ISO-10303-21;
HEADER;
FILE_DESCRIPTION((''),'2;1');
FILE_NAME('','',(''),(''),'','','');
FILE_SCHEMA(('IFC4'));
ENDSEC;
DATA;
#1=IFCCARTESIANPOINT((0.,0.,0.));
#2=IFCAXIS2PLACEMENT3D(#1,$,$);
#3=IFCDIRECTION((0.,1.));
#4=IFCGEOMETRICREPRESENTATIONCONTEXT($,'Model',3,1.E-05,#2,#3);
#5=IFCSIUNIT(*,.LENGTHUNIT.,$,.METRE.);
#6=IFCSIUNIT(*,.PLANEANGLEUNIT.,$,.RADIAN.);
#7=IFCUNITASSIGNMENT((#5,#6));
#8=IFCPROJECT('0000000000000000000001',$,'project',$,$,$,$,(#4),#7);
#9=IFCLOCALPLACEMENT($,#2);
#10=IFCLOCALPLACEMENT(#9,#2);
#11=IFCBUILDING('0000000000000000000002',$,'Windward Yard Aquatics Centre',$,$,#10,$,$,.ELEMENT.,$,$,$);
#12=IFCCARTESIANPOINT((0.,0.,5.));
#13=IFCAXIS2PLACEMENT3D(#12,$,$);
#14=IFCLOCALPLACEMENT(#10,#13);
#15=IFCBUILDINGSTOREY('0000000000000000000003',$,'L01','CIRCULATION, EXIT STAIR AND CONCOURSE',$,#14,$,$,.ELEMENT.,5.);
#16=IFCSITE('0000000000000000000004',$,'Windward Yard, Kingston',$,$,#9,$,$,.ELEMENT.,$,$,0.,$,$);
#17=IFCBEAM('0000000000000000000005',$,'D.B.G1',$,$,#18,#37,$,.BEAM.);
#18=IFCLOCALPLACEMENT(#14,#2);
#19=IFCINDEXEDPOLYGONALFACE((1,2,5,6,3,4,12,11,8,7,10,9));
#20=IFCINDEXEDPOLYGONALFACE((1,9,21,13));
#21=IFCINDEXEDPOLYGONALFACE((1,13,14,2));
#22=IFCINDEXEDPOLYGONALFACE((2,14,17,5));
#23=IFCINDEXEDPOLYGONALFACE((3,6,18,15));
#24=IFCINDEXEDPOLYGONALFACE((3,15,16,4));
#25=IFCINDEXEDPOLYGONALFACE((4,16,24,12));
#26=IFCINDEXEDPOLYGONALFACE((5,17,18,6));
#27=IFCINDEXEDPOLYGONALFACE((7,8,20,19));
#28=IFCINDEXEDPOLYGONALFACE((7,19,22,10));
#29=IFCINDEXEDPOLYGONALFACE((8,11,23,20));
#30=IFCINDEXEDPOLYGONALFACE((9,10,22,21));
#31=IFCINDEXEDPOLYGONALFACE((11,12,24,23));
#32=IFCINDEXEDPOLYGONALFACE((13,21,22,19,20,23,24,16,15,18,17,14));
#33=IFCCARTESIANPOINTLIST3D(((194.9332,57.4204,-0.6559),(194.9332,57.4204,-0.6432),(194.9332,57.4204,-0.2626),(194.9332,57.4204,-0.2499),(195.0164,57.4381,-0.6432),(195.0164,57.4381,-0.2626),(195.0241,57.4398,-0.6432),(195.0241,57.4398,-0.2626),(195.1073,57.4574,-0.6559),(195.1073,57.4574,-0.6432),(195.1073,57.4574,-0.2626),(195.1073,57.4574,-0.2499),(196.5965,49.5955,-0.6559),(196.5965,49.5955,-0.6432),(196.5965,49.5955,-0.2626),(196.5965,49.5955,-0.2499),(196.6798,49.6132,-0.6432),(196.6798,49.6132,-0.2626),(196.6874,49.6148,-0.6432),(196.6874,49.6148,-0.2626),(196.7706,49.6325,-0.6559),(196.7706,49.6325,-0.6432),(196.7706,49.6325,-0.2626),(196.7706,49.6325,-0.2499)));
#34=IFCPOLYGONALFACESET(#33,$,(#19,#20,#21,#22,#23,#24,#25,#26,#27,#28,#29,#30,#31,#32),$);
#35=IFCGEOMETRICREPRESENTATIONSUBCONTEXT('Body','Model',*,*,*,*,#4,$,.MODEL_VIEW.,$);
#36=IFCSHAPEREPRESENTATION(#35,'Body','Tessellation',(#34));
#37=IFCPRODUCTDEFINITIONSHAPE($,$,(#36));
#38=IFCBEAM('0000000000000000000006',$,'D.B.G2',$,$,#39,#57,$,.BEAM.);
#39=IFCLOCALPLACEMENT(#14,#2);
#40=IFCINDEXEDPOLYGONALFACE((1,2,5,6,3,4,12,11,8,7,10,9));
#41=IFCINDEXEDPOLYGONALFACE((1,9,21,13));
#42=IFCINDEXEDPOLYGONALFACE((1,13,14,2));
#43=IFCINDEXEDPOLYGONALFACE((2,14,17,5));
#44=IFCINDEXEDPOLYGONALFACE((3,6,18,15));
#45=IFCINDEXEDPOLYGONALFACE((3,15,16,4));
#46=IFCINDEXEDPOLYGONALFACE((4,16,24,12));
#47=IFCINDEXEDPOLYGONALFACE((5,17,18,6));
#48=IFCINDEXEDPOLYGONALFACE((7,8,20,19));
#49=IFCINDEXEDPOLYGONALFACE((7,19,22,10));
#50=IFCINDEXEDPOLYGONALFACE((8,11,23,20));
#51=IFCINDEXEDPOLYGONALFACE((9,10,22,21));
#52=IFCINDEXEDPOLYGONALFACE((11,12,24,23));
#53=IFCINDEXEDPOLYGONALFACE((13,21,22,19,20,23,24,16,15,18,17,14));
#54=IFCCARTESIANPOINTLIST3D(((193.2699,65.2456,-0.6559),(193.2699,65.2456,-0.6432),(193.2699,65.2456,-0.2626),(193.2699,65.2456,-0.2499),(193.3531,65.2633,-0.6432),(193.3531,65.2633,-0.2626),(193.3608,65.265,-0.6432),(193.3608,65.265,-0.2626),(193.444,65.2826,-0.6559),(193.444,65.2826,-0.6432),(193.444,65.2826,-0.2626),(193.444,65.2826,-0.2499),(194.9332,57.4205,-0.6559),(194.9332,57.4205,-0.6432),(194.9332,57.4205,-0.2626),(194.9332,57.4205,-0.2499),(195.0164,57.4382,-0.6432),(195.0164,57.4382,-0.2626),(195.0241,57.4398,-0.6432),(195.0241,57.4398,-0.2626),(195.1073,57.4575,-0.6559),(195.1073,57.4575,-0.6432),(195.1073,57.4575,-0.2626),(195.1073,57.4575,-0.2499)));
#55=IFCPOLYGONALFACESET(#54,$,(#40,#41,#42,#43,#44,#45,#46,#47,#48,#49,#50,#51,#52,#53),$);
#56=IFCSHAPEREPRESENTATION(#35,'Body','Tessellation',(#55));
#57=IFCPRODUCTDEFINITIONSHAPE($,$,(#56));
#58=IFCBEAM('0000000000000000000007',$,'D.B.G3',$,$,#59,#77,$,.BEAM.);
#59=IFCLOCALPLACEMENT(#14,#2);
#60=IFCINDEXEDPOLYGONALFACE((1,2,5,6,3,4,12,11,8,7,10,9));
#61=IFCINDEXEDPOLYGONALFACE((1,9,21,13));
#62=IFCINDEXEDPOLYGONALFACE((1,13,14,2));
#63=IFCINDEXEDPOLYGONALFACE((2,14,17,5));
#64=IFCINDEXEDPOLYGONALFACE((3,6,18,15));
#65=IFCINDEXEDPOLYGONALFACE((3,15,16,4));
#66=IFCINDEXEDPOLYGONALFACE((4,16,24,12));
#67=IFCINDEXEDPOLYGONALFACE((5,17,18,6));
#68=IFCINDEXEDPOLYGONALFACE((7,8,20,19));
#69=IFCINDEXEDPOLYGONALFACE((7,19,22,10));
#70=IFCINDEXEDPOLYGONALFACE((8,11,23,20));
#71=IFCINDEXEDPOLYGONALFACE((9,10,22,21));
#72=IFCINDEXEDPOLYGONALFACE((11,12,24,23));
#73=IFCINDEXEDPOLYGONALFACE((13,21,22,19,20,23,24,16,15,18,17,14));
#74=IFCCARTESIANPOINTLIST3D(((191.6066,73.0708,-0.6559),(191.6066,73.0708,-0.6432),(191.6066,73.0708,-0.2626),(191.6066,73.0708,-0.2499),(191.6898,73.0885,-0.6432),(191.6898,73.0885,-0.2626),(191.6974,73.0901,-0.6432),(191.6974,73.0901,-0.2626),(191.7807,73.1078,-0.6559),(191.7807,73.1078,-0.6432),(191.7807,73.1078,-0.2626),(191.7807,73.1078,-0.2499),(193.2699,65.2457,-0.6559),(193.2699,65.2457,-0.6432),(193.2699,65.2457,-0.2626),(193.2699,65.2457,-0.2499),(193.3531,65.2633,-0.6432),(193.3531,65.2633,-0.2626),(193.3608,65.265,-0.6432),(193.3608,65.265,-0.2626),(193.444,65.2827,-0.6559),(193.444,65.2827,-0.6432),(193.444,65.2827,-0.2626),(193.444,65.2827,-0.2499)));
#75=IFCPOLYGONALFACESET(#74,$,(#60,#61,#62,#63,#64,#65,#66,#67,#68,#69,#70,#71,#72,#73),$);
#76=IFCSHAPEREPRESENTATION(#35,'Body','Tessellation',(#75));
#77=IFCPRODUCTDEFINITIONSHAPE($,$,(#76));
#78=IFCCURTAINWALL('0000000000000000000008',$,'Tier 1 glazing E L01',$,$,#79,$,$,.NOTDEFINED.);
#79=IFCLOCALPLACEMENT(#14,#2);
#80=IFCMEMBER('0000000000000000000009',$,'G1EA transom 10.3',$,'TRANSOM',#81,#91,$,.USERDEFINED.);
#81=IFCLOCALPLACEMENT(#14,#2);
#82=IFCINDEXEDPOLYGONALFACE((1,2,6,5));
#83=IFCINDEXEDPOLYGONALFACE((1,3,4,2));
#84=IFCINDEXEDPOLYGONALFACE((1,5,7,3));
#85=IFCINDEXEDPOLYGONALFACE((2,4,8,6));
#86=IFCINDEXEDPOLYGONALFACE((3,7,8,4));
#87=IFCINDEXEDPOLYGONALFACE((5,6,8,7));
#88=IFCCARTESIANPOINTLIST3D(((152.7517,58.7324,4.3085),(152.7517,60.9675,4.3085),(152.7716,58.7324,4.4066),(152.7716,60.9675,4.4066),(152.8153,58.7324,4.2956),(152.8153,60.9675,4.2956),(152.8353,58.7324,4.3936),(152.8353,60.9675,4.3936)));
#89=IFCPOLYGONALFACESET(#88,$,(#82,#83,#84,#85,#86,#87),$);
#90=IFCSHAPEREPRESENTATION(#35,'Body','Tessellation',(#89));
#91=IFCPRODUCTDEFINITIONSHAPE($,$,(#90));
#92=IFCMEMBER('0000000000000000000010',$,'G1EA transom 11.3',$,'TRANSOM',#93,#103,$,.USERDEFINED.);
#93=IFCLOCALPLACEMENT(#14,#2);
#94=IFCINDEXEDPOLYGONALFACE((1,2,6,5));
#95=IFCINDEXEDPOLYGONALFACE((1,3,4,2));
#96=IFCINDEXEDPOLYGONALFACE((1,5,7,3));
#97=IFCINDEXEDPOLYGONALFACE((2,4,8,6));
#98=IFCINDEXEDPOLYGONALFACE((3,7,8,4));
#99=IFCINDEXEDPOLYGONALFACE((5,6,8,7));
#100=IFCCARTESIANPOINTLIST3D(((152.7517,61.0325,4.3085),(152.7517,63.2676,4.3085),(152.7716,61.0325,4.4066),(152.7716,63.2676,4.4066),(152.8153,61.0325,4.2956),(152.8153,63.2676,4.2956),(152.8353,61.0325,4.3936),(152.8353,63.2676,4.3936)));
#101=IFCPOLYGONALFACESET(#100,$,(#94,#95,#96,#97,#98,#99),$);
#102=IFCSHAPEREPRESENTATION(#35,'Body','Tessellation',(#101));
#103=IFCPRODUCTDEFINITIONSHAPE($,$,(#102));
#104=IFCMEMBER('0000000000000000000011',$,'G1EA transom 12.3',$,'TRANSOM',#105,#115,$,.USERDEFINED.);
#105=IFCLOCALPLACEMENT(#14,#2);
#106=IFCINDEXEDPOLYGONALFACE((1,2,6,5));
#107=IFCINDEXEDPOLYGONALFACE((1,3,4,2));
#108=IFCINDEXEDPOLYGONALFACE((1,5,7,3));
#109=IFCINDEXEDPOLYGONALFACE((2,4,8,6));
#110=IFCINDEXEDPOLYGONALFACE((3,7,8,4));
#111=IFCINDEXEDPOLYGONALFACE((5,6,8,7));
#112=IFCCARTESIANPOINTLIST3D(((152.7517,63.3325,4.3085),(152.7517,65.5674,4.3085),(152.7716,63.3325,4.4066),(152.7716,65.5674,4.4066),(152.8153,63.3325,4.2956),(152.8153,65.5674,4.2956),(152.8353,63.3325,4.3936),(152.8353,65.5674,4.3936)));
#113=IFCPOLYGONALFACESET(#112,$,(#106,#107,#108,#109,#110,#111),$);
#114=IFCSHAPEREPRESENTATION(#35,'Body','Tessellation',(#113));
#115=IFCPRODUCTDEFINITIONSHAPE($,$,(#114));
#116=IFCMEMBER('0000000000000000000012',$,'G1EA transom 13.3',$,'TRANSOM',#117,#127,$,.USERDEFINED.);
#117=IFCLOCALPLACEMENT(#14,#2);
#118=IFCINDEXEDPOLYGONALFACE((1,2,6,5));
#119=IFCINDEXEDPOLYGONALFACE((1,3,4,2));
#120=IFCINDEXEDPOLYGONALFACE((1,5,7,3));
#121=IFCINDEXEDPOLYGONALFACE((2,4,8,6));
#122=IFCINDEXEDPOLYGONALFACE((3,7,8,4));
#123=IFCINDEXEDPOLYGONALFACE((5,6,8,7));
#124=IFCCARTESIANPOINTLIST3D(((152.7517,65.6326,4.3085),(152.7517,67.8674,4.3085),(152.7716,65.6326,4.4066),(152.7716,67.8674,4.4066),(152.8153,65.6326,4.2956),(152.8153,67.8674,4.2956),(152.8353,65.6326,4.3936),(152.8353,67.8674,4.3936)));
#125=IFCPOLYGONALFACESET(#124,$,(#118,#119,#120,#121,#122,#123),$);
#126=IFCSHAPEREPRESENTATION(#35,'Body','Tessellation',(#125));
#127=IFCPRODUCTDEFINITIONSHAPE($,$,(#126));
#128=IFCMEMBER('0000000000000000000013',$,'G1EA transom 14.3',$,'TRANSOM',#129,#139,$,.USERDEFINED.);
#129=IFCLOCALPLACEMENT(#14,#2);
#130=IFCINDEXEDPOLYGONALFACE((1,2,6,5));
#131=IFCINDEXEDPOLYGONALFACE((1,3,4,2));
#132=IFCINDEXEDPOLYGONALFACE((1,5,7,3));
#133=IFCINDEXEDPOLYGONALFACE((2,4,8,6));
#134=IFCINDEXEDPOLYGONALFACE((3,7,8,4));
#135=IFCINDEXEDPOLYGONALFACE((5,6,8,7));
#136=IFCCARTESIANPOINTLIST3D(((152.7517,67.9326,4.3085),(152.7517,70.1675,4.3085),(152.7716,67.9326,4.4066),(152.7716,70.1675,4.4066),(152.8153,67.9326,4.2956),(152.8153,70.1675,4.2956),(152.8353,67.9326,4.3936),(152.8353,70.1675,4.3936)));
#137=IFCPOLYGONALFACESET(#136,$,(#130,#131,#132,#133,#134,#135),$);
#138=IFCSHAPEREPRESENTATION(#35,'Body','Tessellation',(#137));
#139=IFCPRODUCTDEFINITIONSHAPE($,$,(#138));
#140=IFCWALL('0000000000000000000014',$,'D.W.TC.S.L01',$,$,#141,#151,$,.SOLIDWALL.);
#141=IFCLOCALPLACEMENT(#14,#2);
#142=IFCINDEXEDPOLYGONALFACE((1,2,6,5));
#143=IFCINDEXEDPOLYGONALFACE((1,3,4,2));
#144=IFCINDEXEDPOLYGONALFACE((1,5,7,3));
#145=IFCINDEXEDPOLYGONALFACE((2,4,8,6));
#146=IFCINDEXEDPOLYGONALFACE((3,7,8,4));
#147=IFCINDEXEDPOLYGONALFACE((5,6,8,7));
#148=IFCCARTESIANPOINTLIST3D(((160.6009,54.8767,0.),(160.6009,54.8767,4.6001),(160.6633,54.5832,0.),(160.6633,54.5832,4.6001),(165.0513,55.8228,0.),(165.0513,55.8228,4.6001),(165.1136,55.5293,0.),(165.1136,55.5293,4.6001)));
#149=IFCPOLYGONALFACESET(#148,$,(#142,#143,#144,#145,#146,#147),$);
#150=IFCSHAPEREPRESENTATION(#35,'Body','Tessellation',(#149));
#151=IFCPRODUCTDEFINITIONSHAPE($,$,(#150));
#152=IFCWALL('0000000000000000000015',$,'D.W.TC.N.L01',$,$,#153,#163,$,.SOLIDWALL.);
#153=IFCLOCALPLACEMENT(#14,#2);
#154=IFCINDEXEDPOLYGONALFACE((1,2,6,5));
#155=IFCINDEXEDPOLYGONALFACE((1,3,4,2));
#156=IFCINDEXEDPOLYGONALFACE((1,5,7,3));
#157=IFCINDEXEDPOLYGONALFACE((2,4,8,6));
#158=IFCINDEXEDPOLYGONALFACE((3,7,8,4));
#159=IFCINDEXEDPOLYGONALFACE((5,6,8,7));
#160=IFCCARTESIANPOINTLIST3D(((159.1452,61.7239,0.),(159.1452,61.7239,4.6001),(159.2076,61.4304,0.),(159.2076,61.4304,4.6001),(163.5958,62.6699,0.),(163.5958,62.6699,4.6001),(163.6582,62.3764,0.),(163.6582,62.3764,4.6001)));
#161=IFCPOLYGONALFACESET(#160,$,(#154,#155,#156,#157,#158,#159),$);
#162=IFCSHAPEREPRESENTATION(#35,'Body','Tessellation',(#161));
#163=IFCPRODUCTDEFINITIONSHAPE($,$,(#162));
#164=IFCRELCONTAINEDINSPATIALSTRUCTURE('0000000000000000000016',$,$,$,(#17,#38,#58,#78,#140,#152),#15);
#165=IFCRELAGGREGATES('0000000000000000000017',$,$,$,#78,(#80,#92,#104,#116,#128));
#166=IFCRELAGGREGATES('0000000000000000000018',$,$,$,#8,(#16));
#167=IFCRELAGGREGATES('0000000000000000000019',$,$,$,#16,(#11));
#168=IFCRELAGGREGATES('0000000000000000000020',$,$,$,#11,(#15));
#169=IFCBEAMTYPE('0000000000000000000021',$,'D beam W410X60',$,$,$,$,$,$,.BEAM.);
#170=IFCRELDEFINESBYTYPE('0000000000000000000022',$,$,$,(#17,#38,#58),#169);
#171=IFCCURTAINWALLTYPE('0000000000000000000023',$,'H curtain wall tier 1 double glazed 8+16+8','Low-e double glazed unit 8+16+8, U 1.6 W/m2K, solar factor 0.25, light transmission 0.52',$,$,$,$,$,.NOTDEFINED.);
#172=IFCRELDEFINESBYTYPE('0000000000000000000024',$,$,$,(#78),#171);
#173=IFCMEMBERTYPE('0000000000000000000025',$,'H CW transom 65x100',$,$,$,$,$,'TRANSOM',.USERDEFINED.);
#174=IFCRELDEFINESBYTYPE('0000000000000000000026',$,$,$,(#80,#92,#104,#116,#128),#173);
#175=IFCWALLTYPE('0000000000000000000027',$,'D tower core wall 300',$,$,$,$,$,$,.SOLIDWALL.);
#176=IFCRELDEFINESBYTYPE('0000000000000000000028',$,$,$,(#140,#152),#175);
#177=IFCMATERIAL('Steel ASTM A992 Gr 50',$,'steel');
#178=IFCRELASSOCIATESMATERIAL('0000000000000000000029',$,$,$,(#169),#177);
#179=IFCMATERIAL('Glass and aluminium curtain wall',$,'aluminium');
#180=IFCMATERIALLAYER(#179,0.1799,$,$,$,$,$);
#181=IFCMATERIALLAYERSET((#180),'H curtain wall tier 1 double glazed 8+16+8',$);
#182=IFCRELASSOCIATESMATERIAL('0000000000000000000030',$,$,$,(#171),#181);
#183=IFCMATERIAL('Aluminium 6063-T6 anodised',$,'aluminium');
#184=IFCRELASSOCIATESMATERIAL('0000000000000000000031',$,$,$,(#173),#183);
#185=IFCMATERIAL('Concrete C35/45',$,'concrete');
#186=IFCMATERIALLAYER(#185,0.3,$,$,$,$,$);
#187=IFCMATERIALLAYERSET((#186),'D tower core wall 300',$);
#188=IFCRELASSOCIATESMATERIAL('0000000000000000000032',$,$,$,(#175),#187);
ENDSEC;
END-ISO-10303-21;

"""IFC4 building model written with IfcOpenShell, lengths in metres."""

from ifc_helpers import new_model, si_unit, direction, frame, frame_2d, origin, origin_2d, place, context, subcontext, project, spatial, rectangle, i_section, extrude, material, layer, layer_set, material_profile, profile_set, type_object, element, aggregate, save


model = new_model("IFC4")

# Units and contexts
model_context = context("Model", 3, precision=1e-05, world=origin(), true_north=direction((0.0, 1.0)))
body_context = subcontext(model_context, "Body", "Model", "MODEL_VIEW")
ifc_project = project(units=[si_unit("LENGTHUNIT", "METRE"), si_unit("PLANEANGLEUNIT", "RADIAN")], contexts=[model_context])

# Site, building, storey
site_placement = place(None, origin())
site = spatial("IfcSite", under=ifc_project, at=site_placement, Name="Windward Yard, Kingston", CompositionType="ELEMENT", RefElevation=0.0)
building_placement = place(site_placement, origin())
building = spatial("IfcBuilding", under=site, at=building_placement, Name="Windward Yard Aquatics Centre", CompositionType="ELEMENT")
storey_placement = place(building_placement, frame((0.0, 0.0, 5.0)))
storey = spatial("IfcBuildingStorey", under=building, at=storey_placement, Name="L01", Description="CIRCULATION, EXIT STAIR AND CONCOURSE", CompositionType="ELEMENT", Elevation=5.0)

# Beams
ifc_material_1 = material(Name="Steel ASTM A992 Gr 50", Category="steel")
ifc_material_profile_1 = material_profile(ifc_material_1, i_section(OverallWidth=0.178, OverallDepth=0.406, WebThickness=0.0078, FlangeThickness=0.0127, at=origin_2d()), Name="W410X60")
ifc_profile_set_1 = profile_set([ifc_material_profile_1], Name="Steel ASTM A992 Gr 50")
beam_type = type_object("IfcBeamType", Name="D beam W410X60", PredefinedType="BEAM", material=ifc_profile_set_1)
beam_placement = place(storey_placement, frame((196.6836, 49.614, -0.4529), z_axis=(-0.207922, 0.978145, 0.0), x_axis=(-0.978145, -0.207922, 0.0)))
element("IfcBeam", 1, at=beam_placement, inside=storey, type_object=beam_type, Name="D.B.G1", PredefinedType="BEAM", context=body_context, shape_type="SweptSolid", body=[
    extrude(i_section(OverallWidth=0.178, OverallDepth=0.406, WebThickness=0.0078, FlangeThickness=0.0127, at=origin_2d()), origin(), (0.0, 0.0, 1.0), 7.9998),
])
for number, where, z_axis, x_axis, name in (
    (2, (195.0203, 57.439, -0.4529), (-0.207916, 0.978147, 0.0), (-0.978147, -0.207916, 0.0), "D.B.G2"),
    (3, (193.3569, 65.2642, -0.4529), (-0.207916, 0.978147, 0.0), (-0.978147, -0.207916, 0.0), "D.B.G3"),
):
    element("IfcBeam", number, at=place(storey_placement, frame(where, z_axis=z_axis, x_axis=x_axis)), inside=storey, type_object=beam_type, Name=name, PredefinedType="BEAM", context=body_context, shape_type="SweptSolid", body=[
        extrude(i_section(OverallWidth=0.178, OverallDepth=0.406, WebThickness=0.0078, FlangeThickness=0.0127, at=origin_2d()), origin(), (0.0, 0.0, 1.0), 8.0),
    ])

# Curtain wall, members
ifc_material_2 = material(Name="Glass and aluminium curtain wall", Category="aluminium")
ifc_layer_1 = layer(ifc_material_2, 0.1799)
ifc_layer_set_1 = layer_set([ifc_layer_1], Name="H curtain wall tier 1 double glazed 8+16+8")
curtain_wall_type = type_object("IfcCurtainWallType", Name="H curtain wall tier 1 double glazed 8+16+8", Description="Low-e double glazed unit 8+16+8, U 1.6 W/m2K, solar factor 0.25, light transmission 0.52", PredefinedType="NOTDEFINED", material=ifc_layer_set_1)
curtain_wall_placement = place(storey_placement, origin())
curtain_wall = element("IfcCurtainWall", 4, at=curtain_wall_placement, inside=storey, type_object=curtain_wall_type, Name="Tier 1 glazing E L01", PredefinedType="NOTDEFINED")
ifc_material_3 = material(Name="Aluminium 6063-T6 anodised", Category="aluminium")
ifc_material_profile_2 = material_profile(ifc_material_3, rectangle(XDim=0.0649, YDim=0.1001, at=origin_2d()), Name="H CW transom 65x100")
ifc_profile_set_2 = profile_set([ifc_material_profile_2], Name="Aluminium 6063-T6 anodised")
member_type = type_object("IfcMemberType", Name="H CW transom 65x100", ElementType="TRANSOM", PredefinedType="USERDEFINED", material=ifc_profile_set_2)
member_1_placement = place(storey_placement, frame((152.7935, 58.7324, 4.3511), z_axis=(0.0, 1.0, 0.0), x_axis=(-0.979925, 0.0, 0.199368)))
member_1 = element("IfcMember", 5, at=member_1_placement, type_object=member_type, Name="G1EA transom 10.3", ObjectType="TRANSOM", PredefinedType="USERDEFINED", context=body_context, shape_type="SweptSolid", body=[
    extrude(rectangle(XDim=0.0649, YDim=0.1001, at=origin_2d()), origin(), (0.0, 0.0, 1.0), 2.2351),
])
member_2_placement = place(storey_placement, frame((152.7935, 61.0325, 4.3511), z_axis=(0.0, 1.0, 0.0), x_axis=(-0.979925, 0.0, 0.199368)))
member_2 = element("IfcMember", 6, at=member_2_placement, type_object=member_type, Name="G1EA transom 11.3", ObjectType="TRANSOM", PredefinedType="USERDEFINED", context=body_context, shape_type="SweptSolid", body=[
    extrude(rectangle(XDim=0.0649, YDim=0.1001, at=origin_2d()), origin(), (0.0, 0.0, 1.0), 2.2351),
])
member_3_placement = place(storey_placement, frame((152.7935, 63.3325, 4.3511), z_axis=(0.0, 1.0, 0.0), x_axis=(-0.979925, 0.0, 0.199368)))
member_3 = element("IfcMember", 7, at=member_3_placement, type_object=member_type, Name="G1EA transom 12.3", ObjectType="TRANSOM", PredefinedType="USERDEFINED", context=body_context, shape_type="SweptSolid", body=[
    extrude(rectangle(XDim=0.0649, YDim=0.1001, at=origin_2d()), origin(), (0.0, 0.0, 1.0), 2.2349),
])
member_4_placement = place(storey_placement, frame((152.7935, 65.6326, 4.3511), z_axis=(0.0, 1.0, 0.0), x_axis=(-0.979925, 0.0, 0.199368)))
member_4 = element("IfcMember", 8, at=member_4_placement, type_object=member_type, Name="G1EA transom 13.3", ObjectType="TRANSOM", PredefinedType="USERDEFINED", context=body_context, shape_type="SweptSolid", body=[
    extrude(rectangle(XDim=0.0649, YDim=0.1001, at=origin_2d()), origin(), (0.0, 0.0, 1.0), 2.2349),
])
member_5_placement = place(storey_placement, frame((152.7935, 67.9326, 4.3511), z_axis=(0.0, 1.0, 0.0), x_axis=(-0.979925, 0.0, 0.199368)))
member_5 = element("IfcMember", 9, at=member_5_placement, type_object=member_type, Name="G1EA transom 14.3", ObjectType="TRANSOM", PredefinedType="USERDEFINED", context=body_context, shape_type="SweptSolid", body=[
    extrude(rectangle(XDim=0.0649, YDim=0.1001, at=origin_2d()), origin(), (0.0, 0.0, 1.0), 2.2349),
])
aggregate(curtain_wall, [member_1, member_2, member_3, member_4, member_5])

# Walls
ifc_material_4 = material(Name="Concrete C35/45", Category="concrete")
ifc_layer_2 = layer(ifc_material_4, 0.3)
ifc_layer_set_2 = layer_set([ifc_layer_2], Name="D tower core wall 300")
wall_type_1 = type_object("IfcWallType", Name="D tower core wall 300", PredefinedType="SOLIDWALL", material=ifc_layer_set_2)
wall_1_placement = place(storey_placement, frame((160.6321, 54.73, 0.0), z_axis=(0.0, 0.0, 1.0), x_axis=(0.978144, 0.207927, 0.0)))
element("IfcWall", 10, at=wall_1_placement, inside=storey, type_object=wall_type_1, Name="D.W.TC.S.L01", PredefinedType="SOLIDWALL", context=body_context, shape_type="SweptSolid", body=[
    extrude(rectangle(XDim=4.5498, YDim=0.3, at=frame_2d((2.2749, 0.0))), origin(), (0.0, 0.0, 1.0), 4.6001),
])
wall_2_placement = place(storey_placement, frame((159.1765, 61.5771, 0.0), z_axis=(0.0, 0.0, 1.0), x_axis=(0.978147, 0.207917, 0.0)))
element("IfcWall", 11, at=wall_2_placement, inside=storey, type_object=wall_type_1, Name="D.W.TC.N.L01", PredefinedType="SOLIDWALL", context=body_context, shape_type="SweptSolid", body=[
    extrude(rectangle(XDim=4.55, YDim=0.3, at=frame_2d((2.2749, 0.0))), origin(), (0.0, 0.0, 1.0), 4.6001),
])

save(model, "model.ifc")
